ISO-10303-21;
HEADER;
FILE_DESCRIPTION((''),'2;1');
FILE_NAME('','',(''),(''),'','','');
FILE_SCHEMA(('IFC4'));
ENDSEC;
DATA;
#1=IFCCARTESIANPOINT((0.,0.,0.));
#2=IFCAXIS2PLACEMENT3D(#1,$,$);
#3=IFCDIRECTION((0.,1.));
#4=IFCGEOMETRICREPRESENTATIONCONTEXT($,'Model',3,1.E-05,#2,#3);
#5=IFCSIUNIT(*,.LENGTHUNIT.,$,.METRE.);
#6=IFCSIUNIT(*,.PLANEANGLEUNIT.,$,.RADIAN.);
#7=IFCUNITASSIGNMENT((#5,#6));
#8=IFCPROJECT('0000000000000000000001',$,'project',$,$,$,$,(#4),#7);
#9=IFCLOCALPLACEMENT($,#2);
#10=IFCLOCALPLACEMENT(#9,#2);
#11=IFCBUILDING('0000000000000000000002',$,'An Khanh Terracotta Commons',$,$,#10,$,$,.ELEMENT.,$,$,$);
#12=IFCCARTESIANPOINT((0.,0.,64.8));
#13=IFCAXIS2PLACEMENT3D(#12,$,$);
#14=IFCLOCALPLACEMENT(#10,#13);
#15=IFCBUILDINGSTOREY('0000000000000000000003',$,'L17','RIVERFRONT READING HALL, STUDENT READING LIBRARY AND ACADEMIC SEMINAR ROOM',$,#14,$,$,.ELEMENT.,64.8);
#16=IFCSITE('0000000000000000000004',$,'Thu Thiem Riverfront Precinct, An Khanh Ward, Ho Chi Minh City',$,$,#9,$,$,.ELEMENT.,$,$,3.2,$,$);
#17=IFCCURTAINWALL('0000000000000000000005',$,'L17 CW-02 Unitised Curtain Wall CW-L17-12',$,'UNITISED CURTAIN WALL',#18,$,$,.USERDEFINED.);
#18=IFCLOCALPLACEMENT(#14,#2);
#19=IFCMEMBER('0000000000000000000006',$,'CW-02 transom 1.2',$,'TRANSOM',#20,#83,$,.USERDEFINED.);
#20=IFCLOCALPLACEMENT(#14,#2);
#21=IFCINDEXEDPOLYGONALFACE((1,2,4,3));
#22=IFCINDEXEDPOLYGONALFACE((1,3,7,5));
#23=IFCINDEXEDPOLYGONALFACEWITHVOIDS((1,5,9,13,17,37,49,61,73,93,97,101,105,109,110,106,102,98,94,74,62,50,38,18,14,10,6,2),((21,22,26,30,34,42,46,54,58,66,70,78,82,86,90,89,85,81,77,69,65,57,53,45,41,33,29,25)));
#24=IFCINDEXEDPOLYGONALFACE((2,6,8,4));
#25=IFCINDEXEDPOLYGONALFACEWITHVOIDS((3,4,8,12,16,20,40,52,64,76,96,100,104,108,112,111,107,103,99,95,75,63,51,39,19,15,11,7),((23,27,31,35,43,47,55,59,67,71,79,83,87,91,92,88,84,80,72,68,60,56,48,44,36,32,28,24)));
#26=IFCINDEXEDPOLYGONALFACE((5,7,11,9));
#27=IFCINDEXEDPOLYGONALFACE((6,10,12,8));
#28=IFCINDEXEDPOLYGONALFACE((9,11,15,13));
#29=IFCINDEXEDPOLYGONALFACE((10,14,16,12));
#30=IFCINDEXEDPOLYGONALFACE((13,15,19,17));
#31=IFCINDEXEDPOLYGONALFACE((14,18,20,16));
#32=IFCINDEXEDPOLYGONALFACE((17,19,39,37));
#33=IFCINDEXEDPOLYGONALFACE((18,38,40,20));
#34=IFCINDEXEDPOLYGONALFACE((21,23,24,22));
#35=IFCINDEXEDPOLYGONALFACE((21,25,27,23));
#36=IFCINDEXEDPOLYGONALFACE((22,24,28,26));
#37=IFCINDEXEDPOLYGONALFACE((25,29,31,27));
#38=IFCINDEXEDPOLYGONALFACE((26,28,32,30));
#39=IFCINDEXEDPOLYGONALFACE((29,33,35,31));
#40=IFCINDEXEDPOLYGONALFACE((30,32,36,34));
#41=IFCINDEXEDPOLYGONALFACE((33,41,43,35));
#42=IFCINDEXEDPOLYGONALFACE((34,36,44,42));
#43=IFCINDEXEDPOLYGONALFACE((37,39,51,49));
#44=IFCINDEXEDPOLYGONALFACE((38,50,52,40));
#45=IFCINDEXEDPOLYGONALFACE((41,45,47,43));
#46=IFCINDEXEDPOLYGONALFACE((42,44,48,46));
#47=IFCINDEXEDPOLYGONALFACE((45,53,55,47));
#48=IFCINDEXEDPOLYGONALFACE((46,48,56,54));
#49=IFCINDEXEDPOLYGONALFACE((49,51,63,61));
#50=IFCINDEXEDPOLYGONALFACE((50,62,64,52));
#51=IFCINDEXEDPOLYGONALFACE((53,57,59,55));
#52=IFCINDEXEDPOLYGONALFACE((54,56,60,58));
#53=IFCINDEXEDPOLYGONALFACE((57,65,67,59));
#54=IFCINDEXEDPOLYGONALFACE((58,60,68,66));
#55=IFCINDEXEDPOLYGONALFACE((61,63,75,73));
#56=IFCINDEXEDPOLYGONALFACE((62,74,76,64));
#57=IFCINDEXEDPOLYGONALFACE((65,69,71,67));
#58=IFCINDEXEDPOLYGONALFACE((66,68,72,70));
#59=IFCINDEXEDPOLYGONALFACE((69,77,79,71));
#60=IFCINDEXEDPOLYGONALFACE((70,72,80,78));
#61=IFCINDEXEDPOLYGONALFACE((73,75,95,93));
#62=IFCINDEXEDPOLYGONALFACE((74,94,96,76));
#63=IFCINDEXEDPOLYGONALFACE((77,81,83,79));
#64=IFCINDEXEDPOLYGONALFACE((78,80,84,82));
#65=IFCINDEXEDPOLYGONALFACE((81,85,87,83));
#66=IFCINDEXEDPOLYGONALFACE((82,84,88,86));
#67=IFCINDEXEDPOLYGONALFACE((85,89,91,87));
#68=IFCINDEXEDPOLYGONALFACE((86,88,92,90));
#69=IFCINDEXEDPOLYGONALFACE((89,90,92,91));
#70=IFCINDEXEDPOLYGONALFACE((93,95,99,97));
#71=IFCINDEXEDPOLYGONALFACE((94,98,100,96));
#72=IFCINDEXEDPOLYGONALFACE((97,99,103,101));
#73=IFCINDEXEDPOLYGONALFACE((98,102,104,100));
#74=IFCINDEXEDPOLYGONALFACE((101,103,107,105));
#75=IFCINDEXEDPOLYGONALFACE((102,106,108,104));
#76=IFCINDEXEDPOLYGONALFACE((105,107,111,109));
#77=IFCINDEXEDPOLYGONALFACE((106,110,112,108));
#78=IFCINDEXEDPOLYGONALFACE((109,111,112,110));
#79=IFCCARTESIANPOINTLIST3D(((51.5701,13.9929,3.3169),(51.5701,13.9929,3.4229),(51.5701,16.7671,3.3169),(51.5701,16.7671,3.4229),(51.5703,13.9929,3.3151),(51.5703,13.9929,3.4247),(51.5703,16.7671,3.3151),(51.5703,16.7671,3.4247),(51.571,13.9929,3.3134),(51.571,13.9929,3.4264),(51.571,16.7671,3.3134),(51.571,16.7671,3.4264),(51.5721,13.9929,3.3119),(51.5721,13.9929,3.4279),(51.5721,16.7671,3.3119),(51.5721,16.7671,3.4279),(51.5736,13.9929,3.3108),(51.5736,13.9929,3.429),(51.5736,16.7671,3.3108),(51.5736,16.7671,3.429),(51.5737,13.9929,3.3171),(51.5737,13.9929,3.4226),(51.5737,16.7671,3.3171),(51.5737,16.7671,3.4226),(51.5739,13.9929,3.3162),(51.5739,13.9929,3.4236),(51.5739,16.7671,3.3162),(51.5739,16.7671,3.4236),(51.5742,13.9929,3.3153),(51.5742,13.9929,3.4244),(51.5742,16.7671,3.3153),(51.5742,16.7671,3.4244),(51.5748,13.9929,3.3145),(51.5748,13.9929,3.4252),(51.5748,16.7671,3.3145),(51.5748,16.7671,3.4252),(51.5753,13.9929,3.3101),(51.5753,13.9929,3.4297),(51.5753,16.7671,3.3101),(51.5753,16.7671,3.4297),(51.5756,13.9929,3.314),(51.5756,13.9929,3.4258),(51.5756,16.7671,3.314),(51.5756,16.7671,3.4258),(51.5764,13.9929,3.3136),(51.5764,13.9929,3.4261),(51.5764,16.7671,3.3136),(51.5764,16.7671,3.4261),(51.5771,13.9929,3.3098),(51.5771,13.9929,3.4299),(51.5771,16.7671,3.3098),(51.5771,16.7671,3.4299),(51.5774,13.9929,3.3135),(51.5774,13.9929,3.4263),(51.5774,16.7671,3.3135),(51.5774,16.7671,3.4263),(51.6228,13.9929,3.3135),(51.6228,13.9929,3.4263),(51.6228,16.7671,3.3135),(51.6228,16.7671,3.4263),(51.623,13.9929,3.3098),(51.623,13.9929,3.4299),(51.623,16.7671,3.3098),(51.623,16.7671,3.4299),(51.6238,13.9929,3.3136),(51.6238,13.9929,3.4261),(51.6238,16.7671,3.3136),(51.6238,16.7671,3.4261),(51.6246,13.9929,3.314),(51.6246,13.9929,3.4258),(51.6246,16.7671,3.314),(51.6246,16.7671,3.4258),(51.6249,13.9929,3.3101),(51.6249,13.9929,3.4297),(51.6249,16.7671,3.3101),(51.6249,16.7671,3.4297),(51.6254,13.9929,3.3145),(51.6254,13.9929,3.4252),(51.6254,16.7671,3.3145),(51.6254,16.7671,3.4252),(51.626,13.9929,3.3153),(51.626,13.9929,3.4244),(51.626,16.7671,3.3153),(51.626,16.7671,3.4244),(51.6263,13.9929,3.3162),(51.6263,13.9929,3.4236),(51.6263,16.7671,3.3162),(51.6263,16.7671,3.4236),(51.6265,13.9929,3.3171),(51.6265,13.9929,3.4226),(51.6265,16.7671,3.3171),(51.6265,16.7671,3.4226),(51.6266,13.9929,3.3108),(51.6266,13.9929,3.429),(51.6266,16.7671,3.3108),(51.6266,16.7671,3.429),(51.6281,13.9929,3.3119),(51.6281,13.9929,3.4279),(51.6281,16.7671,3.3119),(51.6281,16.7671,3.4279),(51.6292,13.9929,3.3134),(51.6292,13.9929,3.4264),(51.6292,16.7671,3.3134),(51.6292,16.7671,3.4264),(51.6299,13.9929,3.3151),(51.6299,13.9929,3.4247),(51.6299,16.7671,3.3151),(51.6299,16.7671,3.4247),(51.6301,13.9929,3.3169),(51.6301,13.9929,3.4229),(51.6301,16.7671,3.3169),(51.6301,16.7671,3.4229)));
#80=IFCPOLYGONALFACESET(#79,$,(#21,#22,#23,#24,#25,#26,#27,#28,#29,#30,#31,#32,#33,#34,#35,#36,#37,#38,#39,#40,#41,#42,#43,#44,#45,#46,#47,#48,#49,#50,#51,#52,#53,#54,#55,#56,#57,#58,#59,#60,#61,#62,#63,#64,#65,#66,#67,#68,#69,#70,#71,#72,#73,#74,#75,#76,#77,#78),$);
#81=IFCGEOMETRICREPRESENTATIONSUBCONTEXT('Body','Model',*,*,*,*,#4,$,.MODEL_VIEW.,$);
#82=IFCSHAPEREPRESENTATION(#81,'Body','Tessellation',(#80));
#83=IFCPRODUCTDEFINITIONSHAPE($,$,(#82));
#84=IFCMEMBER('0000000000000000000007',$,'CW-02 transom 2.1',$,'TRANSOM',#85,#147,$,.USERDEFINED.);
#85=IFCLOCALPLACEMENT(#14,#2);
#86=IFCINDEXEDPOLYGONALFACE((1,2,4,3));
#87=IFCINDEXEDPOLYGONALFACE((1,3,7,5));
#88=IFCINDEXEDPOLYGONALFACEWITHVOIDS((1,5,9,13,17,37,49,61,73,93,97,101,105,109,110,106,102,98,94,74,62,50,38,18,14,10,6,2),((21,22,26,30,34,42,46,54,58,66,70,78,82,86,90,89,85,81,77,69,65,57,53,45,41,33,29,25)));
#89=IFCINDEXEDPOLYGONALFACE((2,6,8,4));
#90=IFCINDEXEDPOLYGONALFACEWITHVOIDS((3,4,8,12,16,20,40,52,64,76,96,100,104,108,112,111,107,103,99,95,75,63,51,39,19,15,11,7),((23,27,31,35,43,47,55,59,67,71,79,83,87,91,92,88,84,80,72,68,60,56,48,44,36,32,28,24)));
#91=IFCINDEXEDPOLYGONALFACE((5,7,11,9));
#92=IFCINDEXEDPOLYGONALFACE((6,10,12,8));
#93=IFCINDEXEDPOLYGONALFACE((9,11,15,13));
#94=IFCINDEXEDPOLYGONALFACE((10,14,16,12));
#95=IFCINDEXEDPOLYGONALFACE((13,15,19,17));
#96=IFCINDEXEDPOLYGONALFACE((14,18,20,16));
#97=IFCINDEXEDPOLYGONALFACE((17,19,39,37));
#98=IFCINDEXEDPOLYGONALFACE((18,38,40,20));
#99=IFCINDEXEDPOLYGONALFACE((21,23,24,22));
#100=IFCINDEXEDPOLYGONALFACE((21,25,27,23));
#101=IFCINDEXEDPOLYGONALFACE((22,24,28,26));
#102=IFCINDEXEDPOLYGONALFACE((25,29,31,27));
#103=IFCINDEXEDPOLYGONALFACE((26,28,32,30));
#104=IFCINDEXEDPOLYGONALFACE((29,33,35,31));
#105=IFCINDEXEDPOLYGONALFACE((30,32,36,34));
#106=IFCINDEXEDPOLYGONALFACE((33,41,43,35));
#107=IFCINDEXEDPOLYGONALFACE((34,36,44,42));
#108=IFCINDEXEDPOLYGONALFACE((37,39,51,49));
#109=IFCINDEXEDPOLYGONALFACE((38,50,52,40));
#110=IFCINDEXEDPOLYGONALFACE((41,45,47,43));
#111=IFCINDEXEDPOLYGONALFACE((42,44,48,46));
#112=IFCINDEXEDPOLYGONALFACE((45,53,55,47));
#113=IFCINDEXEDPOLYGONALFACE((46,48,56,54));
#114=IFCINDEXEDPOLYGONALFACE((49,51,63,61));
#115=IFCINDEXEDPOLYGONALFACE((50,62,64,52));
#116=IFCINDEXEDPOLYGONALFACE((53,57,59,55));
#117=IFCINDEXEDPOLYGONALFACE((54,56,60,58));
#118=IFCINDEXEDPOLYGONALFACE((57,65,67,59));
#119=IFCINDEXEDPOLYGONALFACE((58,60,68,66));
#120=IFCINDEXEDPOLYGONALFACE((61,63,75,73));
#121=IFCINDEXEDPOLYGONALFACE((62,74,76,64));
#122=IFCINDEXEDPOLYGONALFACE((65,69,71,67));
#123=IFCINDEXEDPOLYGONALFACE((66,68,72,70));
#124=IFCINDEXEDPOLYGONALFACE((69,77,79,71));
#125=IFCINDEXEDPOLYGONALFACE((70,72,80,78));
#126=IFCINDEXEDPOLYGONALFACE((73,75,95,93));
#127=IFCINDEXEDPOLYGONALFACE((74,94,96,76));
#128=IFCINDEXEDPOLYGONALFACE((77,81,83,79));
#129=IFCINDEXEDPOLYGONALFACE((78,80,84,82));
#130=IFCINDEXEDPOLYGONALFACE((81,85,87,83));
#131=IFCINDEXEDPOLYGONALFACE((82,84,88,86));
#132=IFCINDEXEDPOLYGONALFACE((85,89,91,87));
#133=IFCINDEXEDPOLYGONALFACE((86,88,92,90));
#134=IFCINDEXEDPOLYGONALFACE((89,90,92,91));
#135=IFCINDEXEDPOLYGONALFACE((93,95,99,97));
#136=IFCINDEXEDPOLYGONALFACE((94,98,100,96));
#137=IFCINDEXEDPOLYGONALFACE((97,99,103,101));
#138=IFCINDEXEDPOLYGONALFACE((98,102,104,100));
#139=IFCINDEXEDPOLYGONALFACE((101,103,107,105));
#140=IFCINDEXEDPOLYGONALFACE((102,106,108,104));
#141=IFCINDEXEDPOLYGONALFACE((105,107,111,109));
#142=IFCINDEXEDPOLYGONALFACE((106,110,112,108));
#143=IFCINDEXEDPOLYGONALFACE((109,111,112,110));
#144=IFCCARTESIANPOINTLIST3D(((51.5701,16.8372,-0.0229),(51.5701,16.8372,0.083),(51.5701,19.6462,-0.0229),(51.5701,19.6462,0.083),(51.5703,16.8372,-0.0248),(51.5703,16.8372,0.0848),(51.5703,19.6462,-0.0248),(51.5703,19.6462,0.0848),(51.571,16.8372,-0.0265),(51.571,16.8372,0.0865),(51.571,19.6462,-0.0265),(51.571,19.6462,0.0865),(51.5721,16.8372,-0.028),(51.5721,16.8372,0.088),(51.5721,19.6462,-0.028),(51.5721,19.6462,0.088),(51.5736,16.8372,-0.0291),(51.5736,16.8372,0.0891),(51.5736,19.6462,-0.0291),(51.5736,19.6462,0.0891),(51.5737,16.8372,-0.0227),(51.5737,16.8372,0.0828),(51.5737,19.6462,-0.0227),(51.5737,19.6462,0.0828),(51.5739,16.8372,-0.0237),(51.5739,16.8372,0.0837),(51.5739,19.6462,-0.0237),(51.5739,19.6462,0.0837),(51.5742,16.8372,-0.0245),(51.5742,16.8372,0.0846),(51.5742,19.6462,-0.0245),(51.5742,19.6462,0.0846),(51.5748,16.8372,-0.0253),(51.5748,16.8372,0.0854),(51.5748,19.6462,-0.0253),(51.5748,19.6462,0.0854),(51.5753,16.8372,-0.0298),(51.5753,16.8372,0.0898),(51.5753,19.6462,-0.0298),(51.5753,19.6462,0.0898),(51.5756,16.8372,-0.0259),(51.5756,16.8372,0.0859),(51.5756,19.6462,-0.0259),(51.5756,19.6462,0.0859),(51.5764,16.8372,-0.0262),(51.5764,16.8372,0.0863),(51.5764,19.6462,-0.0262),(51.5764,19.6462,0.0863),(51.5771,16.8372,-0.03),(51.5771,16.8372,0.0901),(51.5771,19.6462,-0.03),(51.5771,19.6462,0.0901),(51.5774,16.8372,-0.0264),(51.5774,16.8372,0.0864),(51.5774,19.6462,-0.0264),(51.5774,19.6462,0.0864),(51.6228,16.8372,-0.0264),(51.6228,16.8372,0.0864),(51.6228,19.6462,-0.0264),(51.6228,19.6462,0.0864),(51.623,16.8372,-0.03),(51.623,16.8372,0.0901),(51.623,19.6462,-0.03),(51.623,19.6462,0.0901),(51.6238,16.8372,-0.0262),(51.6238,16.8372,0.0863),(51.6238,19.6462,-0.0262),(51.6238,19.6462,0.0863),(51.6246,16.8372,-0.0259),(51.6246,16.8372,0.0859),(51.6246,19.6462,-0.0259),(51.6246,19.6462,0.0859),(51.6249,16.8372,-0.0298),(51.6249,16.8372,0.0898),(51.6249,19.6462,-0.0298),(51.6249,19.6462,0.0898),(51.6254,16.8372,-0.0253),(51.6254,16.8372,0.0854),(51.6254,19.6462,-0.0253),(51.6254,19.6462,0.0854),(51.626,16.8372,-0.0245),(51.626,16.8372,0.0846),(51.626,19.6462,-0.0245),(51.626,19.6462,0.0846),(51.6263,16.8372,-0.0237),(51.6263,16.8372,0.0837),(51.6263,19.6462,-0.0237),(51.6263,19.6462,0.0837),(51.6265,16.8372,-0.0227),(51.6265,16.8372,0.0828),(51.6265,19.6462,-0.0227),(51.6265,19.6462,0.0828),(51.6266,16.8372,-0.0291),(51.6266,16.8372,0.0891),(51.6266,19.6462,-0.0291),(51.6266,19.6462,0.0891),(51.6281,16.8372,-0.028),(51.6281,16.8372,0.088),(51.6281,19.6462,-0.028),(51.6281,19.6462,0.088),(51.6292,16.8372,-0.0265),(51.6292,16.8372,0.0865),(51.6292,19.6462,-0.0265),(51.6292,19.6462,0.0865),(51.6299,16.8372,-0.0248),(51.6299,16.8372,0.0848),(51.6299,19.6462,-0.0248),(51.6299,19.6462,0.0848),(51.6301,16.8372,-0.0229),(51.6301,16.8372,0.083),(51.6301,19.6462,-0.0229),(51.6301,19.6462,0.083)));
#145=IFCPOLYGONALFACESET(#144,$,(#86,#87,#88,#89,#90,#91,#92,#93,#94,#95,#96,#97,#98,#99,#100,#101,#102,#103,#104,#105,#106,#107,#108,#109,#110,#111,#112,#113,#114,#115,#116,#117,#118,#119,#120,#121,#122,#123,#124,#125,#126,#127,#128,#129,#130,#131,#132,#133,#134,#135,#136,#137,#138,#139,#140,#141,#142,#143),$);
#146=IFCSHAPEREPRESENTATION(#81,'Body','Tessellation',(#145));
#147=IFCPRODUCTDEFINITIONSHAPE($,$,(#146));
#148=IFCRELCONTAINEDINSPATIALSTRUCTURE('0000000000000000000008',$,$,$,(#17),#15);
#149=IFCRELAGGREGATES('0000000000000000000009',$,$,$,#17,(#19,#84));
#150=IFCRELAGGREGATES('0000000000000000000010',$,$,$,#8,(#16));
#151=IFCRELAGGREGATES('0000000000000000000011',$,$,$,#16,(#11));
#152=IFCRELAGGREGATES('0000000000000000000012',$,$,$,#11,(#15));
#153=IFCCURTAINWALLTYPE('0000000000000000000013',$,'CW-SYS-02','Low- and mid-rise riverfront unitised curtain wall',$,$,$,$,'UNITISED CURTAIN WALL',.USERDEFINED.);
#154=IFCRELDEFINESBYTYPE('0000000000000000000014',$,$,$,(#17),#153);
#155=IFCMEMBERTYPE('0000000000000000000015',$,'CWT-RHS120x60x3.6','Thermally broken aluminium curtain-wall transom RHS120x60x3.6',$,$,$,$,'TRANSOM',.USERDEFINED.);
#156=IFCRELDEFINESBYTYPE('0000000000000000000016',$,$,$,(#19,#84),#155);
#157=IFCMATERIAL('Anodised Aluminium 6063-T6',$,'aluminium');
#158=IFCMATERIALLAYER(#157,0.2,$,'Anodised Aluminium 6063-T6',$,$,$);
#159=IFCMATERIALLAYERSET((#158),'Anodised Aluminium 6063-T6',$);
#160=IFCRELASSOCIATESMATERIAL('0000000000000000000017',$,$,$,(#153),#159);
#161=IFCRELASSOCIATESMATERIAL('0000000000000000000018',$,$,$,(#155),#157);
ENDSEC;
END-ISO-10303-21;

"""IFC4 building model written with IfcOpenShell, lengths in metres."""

from ifc_helpers import new_model, si_unit, direction, frame, origin, origin_2d, place, context, subcontext, project, spatial, hollow_rectangle, extrude, material, layer, layer_set, material_profile, profile_set, type_object, element, aggregate, save


model = new_model("IFC4")

# Units and contexts
model_context = context("Model", 3, precision=1e-05, world=origin(), true_north=direction((0.0, 1.0)))
body_context = subcontext(model_context, "Body", "Model", "MODEL_VIEW")
ifc_project = project(units=[si_unit("LENGTHUNIT", "METRE"), si_unit("PLANEANGLEUNIT", "RADIAN")], contexts=[model_context])

# Site, building, storey
site_placement = place(None, origin())
site = spatial("IfcSite", under=ifc_project, at=site_placement, Name="Thu Thiem Riverfront Precinct, An Khanh Ward, Ho Chi Minh City", CompositionType="ELEMENT", RefElevation=3.2)
building_placement = place(site_placement, origin())
building = spatial("IfcBuilding", under=site, at=building_placement, Name="An Khanh Terracotta Commons", CompositionType="ELEMENT")
storey_placement = place(building_placement, frame((0.0, 0.0, 64.8)))
storey = spatial("IfcBuildingStorey", under=building, at=storey_placement, Name="L17", Description="RIVERFRONT READING HALL, STUDENT READING LIBRARY AND ACADEMIC SEMINAR ROOM", CompositionType="ELEMENT", Elevation=64.8)

# Curtain wall, members
ifc_material_1 = material(Name="Anodised Aluminium 6063-T6", Category="aluminium")
ifc_layer_1 = layer(ifc_material_1, 0.2, Name="Anodised Aluminium 6063-T6")
ifc_layer_set_1 = layer_set([ifc_layer_1], Name="Anodised Aluminium 6063-T6")
curtain_wall_type = type_object("IfcCurtainWallType", Name="CW-SYS-02", Description="Low- and mid-rise riverfront unitised curtain wall", ElementType="UNITISED CURTAIN WALL", PredefinedType="USERDEFINED", material=ifc_layer_set_1)
curtain_wall_placement = place(storey_placement, origin())
curtain_wall = element("IfcCurtainWall", 1, at=curtain_wall_placement, inside=storey, type_object=curtain_wall_type, Name="L17 CW-02 Unitised Curtain Wall CW-L17-12", ObjectType="UNITISED CURTAIN WALL", PredefinedType="USERDEFINED")
ifc_material_profile_1 = material_profile(ifc_material_1, hollow_rectangle(XDim=0.0601, YDim=0.1201, WallThickness=0.0037, InnerFilletRadius=0.0037, OuterFilletRadius=0.0071, at=origin_2d()), Name="RHS120x60x3.6")
ifc_profile_set_1 = profile_set([ifc_material_profile_1], Name="Anodised Aluminium 6063-T6")
member_type_1 = type_object("IfcMemberType", Name="CWT-RHS120x60x3.6", Description="Thermally broken aluminium curtain-wall transom RHS120x60x3.6", ElementType="TRANSOM", PredefinedType="USERDEFINED", material=ifc_profile_set_1)
member_1_placement = place(storey_placement, frame((51.6001, 13.9929, 3.3699), z_axis=(0.0, 1.0, 0.0), x_axis=(-1.0, 0.0, 0.0)))
member_1 = element("IfcMember", 2, at=member_1_placement, type_object=member_type_1, Name="CW-02 transom 1.2", ObjectType="TRANSOM", PredefinedType="USERDEFINED", context=body_context, shape_type="SweptSolid", body=[
    extrude(hollow_rectangle(XDim=0.0601, YDim=0.1201, WallThickness=0.0037, InnerFilletRadius=0.0037, OuterFilletRadius=0.0071, at=origin_2d()), origin(), (0.0, 0.0, 1.0), 2.7742),
])
member_2_placement = place(storey_placement, frame((51.6001, 16.8372, 0.03), z_axis=(0.0, 1.0, 0.0), x_axis=(-1.0, 0.0, 0.0)))
member_2 = element("IfcMember", 3, at=member_2_placement, type_object=member_type_1, Name="CW-02 transom 2.1", ObjectType="TRANSOM", PredefinedType="USERDEFINED", context=body_context, shape_type="SweptSolid", body=[
    extrude(hollow_rectangle(XDim=0.0601, YDim=0.1201, WallThickness=0.0037, InnerFilletRadius=0.0037, OuterFilletRadius=0.0071, at=origin_2d()), origin(), (0.0, 0.0, 1.0), 2.8091),
])
aggregate(curtain_wall, [member_1, member_2])

save(model, "model.ifc")
